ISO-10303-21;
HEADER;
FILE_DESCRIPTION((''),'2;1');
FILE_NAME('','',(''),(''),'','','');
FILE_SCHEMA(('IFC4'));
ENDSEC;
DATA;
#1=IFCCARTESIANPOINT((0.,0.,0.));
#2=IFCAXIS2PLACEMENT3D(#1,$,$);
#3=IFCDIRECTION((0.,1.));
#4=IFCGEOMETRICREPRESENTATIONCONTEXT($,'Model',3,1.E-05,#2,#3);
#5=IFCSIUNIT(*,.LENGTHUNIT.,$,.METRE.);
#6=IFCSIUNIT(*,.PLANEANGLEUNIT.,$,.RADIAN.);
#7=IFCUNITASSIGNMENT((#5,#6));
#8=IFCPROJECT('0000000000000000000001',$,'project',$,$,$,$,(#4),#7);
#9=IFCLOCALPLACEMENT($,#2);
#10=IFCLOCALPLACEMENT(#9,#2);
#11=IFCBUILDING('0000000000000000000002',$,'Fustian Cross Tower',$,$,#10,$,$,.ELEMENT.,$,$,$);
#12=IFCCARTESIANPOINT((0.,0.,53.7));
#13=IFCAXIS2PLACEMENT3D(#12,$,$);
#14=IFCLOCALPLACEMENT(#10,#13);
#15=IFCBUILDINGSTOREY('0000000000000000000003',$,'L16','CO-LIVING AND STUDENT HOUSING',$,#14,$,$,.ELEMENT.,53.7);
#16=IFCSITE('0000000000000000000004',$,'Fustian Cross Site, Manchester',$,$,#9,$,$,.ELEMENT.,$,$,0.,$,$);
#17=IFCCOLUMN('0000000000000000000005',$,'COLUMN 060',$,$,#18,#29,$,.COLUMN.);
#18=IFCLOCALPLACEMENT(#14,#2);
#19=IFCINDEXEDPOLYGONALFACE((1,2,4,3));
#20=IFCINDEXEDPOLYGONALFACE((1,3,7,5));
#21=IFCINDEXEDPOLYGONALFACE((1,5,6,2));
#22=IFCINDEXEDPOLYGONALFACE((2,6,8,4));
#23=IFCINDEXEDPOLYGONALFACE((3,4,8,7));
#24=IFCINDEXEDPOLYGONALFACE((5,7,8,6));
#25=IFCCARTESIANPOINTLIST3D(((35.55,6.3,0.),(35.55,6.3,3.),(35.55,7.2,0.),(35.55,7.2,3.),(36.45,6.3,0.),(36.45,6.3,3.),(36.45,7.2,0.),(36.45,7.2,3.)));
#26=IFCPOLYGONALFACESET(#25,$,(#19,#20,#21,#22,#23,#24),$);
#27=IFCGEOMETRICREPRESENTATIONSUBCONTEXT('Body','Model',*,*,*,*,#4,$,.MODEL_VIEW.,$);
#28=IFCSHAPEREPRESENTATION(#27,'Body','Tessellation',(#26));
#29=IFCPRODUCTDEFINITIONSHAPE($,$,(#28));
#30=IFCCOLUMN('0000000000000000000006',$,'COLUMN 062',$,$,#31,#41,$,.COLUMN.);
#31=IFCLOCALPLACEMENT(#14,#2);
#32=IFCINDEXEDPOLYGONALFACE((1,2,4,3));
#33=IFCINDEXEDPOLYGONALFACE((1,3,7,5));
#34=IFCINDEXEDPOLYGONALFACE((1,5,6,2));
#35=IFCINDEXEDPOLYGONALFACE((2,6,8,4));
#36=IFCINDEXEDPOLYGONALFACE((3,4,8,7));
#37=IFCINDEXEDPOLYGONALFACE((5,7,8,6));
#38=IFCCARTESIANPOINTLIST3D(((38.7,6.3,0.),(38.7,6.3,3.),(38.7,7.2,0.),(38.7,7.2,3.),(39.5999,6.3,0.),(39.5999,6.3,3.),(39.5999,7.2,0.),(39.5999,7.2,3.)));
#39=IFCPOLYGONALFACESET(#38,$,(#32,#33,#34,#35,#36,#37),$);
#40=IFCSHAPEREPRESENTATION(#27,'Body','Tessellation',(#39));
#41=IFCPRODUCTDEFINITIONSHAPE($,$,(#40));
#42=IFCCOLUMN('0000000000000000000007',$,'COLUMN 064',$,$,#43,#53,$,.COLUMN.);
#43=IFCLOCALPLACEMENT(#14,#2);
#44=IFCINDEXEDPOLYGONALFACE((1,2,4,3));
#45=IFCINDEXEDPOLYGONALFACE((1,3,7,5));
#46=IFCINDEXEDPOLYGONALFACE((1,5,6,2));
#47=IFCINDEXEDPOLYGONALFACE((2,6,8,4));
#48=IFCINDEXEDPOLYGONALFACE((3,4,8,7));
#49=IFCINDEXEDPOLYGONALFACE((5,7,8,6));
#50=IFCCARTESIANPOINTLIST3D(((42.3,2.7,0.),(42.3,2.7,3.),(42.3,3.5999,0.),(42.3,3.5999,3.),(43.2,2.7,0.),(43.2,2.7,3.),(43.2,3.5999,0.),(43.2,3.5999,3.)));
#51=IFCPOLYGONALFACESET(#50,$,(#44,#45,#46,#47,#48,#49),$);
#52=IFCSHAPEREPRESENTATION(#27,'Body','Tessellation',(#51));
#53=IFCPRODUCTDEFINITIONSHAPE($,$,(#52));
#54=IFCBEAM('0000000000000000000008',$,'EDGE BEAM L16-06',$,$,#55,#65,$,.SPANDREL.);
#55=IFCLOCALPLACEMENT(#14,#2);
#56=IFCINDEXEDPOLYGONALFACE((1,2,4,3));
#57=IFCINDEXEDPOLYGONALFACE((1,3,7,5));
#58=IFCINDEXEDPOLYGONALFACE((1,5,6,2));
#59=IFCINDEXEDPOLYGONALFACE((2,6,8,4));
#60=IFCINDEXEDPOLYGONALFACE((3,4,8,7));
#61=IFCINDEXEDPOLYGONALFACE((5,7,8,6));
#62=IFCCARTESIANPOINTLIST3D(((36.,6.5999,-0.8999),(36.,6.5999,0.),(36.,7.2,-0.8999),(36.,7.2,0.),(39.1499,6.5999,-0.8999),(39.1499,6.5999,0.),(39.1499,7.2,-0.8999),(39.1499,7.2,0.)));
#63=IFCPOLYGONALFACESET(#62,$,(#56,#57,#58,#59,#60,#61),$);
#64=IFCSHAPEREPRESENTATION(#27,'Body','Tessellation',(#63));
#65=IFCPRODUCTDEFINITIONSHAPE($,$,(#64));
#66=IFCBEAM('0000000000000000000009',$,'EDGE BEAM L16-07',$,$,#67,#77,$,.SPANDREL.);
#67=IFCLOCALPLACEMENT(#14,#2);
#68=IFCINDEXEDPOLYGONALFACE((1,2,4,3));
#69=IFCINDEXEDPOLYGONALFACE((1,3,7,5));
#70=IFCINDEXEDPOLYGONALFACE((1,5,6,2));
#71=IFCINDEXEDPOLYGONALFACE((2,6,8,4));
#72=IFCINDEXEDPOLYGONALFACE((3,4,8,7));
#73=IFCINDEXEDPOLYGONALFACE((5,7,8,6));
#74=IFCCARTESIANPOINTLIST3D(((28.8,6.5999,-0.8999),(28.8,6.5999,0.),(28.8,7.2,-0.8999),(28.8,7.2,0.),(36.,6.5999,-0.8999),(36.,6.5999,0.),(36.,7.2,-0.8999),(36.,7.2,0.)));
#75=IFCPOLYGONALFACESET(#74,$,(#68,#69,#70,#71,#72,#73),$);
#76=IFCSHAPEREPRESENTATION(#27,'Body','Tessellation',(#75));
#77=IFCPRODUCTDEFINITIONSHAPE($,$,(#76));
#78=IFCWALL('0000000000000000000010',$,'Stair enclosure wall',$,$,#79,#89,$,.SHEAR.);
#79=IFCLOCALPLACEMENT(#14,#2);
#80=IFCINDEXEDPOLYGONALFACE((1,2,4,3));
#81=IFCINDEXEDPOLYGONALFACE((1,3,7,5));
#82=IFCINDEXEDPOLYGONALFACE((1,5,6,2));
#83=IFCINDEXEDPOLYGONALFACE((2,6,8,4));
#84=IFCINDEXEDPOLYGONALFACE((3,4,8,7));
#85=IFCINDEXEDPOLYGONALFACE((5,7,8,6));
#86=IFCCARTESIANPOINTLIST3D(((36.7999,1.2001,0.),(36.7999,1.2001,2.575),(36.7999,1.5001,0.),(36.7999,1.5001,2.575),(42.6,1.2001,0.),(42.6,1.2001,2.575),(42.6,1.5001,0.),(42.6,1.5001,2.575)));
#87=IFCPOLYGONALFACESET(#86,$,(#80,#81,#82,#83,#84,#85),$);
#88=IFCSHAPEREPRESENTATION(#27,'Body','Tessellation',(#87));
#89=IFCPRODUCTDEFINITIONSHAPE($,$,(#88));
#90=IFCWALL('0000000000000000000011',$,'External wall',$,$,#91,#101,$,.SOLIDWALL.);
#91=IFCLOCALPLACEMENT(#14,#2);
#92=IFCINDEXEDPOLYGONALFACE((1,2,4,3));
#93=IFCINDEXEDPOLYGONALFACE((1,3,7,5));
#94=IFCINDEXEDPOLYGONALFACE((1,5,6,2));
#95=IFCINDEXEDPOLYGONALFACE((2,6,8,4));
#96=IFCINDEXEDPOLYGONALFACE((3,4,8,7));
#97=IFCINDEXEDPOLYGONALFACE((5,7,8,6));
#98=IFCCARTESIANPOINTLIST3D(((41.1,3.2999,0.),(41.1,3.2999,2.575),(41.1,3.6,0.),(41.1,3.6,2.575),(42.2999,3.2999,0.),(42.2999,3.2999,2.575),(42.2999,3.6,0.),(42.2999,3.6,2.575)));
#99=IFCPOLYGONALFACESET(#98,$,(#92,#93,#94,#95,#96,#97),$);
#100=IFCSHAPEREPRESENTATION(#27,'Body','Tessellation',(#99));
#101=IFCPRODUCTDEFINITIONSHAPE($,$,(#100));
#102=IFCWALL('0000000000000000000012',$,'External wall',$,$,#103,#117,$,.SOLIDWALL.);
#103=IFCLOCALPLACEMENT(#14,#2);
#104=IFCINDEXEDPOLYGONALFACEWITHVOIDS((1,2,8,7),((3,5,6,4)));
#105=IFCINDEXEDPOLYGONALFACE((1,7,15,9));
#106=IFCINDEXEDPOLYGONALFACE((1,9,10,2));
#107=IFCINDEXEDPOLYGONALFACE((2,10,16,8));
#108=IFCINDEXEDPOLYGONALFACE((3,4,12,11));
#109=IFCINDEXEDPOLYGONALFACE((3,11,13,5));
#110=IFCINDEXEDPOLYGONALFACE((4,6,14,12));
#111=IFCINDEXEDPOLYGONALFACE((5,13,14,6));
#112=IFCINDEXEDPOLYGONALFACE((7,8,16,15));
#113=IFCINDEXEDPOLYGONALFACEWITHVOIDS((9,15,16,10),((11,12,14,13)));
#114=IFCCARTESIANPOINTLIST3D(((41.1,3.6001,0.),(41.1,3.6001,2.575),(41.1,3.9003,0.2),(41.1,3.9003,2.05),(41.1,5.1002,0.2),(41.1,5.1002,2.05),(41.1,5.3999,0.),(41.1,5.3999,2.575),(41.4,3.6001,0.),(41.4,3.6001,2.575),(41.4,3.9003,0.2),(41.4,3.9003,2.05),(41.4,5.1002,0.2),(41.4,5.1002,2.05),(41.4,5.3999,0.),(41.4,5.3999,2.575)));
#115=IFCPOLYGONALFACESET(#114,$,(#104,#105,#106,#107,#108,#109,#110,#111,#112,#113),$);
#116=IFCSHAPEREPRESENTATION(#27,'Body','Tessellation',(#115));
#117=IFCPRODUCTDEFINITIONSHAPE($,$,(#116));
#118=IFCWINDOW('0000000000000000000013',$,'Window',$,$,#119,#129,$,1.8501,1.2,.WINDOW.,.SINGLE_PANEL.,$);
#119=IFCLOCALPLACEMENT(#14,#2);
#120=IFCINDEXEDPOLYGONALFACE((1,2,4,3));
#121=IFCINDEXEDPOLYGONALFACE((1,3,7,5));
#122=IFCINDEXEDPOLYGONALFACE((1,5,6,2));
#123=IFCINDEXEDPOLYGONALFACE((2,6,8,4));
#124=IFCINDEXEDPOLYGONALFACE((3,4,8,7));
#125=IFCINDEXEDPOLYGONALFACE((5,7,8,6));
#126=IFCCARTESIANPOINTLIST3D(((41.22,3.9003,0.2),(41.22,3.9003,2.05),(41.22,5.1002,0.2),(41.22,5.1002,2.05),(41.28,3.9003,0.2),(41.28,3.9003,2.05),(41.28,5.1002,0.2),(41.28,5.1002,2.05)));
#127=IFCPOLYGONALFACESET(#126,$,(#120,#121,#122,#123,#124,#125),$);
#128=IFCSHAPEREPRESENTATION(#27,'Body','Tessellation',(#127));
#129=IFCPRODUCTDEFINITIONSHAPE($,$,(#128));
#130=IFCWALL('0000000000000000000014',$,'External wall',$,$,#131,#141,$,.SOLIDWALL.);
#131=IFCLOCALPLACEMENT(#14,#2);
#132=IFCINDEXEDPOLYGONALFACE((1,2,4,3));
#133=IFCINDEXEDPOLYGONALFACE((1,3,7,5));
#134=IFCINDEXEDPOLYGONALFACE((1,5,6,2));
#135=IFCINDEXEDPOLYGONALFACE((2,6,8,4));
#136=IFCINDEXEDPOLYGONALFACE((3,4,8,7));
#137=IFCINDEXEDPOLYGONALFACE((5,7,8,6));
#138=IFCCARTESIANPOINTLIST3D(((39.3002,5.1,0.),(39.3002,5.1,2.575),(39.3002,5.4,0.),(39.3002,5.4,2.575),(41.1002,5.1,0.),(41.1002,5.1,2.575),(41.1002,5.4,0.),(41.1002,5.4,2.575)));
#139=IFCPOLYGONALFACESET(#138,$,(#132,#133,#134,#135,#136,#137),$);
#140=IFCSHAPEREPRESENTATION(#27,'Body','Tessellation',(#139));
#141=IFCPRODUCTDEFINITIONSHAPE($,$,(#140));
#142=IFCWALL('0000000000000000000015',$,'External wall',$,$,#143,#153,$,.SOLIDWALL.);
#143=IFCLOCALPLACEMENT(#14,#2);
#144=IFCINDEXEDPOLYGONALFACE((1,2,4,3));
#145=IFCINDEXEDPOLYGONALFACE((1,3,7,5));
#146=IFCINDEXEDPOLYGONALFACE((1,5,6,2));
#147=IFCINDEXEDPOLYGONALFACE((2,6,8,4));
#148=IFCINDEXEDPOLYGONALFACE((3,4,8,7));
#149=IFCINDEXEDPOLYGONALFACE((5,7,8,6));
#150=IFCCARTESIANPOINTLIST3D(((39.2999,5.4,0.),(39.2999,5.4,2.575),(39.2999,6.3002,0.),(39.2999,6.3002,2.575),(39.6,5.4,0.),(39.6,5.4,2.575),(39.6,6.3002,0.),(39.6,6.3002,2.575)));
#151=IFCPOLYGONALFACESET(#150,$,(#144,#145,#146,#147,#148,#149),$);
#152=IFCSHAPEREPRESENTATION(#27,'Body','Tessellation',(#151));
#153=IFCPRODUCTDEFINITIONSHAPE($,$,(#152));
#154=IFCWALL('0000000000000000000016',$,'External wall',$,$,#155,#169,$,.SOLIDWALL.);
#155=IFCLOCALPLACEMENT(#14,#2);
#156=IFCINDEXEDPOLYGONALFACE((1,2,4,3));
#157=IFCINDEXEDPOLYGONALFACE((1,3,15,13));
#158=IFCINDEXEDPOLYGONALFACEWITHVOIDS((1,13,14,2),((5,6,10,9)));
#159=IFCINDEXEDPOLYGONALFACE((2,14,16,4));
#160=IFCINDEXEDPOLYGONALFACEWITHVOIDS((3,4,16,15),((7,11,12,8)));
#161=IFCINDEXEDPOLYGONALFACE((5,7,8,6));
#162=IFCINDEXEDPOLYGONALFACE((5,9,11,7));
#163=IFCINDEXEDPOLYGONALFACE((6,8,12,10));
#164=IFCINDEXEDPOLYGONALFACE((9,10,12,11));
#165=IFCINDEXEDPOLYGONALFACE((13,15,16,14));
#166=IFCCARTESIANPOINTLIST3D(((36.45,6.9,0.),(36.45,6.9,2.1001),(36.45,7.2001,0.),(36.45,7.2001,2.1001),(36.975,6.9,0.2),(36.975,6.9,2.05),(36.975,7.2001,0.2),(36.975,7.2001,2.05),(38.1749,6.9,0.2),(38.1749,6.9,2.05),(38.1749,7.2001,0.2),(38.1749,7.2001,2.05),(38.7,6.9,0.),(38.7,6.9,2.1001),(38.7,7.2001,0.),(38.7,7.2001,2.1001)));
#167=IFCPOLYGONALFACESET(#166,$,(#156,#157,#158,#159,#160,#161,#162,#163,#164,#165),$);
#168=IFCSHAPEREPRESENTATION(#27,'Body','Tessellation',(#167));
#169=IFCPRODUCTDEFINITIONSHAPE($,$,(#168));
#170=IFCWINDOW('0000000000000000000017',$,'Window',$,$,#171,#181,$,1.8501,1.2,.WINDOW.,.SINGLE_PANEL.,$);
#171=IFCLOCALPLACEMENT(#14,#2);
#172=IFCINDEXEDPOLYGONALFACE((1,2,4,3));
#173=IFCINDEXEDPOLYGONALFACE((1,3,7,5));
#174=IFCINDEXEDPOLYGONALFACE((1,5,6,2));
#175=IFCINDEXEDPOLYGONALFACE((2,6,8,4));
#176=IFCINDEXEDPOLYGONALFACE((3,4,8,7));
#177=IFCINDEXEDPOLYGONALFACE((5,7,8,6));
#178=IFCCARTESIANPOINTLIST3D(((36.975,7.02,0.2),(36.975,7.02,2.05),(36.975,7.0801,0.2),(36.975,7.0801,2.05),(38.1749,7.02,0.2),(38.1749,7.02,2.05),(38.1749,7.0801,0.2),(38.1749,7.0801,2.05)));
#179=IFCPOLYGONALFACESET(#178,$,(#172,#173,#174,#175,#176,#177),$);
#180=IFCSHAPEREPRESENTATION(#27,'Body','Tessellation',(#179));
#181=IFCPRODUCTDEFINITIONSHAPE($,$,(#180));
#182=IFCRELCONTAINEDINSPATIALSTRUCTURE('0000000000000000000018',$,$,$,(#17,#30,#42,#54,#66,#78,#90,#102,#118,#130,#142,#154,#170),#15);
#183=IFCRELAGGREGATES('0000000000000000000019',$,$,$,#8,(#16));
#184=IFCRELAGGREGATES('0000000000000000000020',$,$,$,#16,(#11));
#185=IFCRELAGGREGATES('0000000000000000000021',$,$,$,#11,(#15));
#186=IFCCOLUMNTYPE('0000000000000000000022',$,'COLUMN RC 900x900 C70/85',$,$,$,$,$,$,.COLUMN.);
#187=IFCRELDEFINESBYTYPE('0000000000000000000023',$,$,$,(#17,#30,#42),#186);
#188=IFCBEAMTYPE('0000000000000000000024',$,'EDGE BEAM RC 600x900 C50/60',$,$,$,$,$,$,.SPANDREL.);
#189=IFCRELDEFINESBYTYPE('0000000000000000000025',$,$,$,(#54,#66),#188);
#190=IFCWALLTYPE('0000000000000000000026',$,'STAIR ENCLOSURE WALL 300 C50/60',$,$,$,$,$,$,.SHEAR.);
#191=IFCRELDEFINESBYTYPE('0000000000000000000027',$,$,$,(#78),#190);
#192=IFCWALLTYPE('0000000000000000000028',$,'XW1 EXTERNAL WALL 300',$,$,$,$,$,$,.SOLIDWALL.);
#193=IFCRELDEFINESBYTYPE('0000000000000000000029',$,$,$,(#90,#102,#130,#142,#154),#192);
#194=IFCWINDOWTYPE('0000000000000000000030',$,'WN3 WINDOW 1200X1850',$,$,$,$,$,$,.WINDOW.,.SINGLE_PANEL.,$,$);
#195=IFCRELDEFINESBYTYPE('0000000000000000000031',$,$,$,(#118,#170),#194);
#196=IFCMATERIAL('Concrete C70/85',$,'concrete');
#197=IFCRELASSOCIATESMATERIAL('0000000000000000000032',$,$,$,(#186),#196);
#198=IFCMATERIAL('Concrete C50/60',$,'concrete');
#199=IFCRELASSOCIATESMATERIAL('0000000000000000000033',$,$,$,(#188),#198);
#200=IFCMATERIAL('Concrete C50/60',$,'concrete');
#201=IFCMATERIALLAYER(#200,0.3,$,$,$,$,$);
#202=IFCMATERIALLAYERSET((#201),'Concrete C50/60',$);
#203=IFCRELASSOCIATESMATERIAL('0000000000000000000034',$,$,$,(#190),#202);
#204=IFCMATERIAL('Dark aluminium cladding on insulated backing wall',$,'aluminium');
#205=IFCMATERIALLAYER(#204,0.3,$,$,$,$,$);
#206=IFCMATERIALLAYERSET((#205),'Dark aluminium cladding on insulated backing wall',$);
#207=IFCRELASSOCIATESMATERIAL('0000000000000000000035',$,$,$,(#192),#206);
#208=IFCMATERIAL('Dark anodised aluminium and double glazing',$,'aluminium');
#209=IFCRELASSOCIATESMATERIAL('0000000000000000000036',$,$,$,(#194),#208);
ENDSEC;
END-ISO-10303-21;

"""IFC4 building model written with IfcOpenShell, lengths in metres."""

from ifc_helpers import new_model, si_unit, direction, frame, frame_2d, origin, origin_2d, place, context, subcontext, project, spatial, rectangle, extrude, material, layer, layer_set, material_profile, profile_set, type_object, element, fill, save


model = new_model("IFC4")

# Units and contexts
model_context = context("Model", 3, precision=1e-05, world=origin(), true_north=direction((0.0, 1.0)))
body_context = subcontext(model_context, "Body", "Model", "MODEL_VIEW")
ifc_project = project(units=[si_unit("LENGTHUNIT", "METRE"), si_unit("PLANEANGLEUNIT", "RADIAN")], contexts=[model_context])

# Site, building, storey
site_placement = place(None, origin())
site = spatial("IfcSite", under=ifc_project, at=site_placement, Name="Fustian Cross Site, Manchester", CompositionType="ELEMENT", RefElevation=0.0)
building_placement = place(site_placement, origin())
building = spatial("IfcBuilding", under=site, at=building_placement, Name="Fustian Cross Tower", CompositionType="ELEMENT")
storey_placement = place(building_placement, frame((0.0, 0.0, 53.7)))
storey = spatial("IfcBuildingStorey", under=building, at=storey_placement, Name="L16", Description="CO-LIVING AND STUDENT HOUSING", CompositionType="ELEMENT", Elevation=53.7)

# Columns
ifc_material_1 = material(Name="Concrete C70/85", Category="concrete")
ifc_material_profile_1 = material_profile(ifc_material_1, rectangle(XDim=0.8999, YDim=0.8999, at=origin_2d()), Name="RC 900x900")
ifc_profile_set_1 = profile_set([ifc_material_profile_1], Name="Concrete C70/85")
column_type = type_object("IfcColumnType", Name="COLUMN RC 900x900 C70/85", PredefinedType="COLUMN", material=ifc_profile_set_1)
for number, where, z_axis, x_axis, name in (
    (1, (36.0, 6.75, 0.0), (0.0, 0.0, 1.0), (1.0, 0.0, 0.0), "COLUMN 060"),
    (2, (39.1499, 6.75, 0.0), (0.0, 0.0, 1.0), (1.0, 0.0, 0.0), "COLUMN 062"),
    (3, (42.75, 3.1499, 0.0), (0.0, 0.0, 1.0), (1.0, 0.0, 0.0), "COLUMN 064"),
):
    element("IfcColumn", number, at=place(storey_placement, frame(where, z_axis=z_axis, x_axis=x_axis)), inside=storey, type_object=column_type, Name=name, PredefinedType="COLUMN", context=body_context, shape_type="SweptSolid", body=[
        extrude(rectangle(XDim=0.8999, YDim=0.8999, at=origin_2d()), origin(), (0.0, 0.0, 1.0), 3.0),
    ])

# Beams
ifc_material_2 = material(Name="Concrete C50/60", Category="concrete")
ifc_material_profile_2 = material_profile(ifc_material_2, rectangle(XDim=0.6001, YDim=0.8999, at=origin_2d()), Name="RC 600x900")
ifc_profile_set_2 = profile_set([ifc_material_profile_2], Name="Concrete C50/60")
beam_type = type_object("IfcBeamType", Name="EDGE BEAM RC 600x900 C50/60", PredefinedType="SPANDREL", material=ifc_profile_set_2)
beam_1_placement = place(storey_placement, frame((39.1499, 6.8999, -0.45), z_axis=(-1.0, 0.0, 0.0), x_axis=(0.0, -1.0, 0.0)))
element("IfcBeam", 4, at=beam_1_placement, inside=storey, type_object=beam_type, Name="EDGE BEAM L16-06", PredefinedType="SPANDREL", context=body_context, shape_type="SweptSolid", body=[
    extrude(rectangle(XDim=0.6001, YDim=0.8999, at=origin_2d()), origin(), (0.0, 0.0, 1.0), 3.1499),
])
beam_2_placement = place(storey_placement, frame((36.0, 6.8999, -0.45), z_axis=(-1.0, 0.0, 0.0), x_axis=(0.0, -1.0, 0.0)))
element("IfcBeam", 5, at=beam_2_placement, inside=storey, type_object=beam_type, Name="EDGE BEAM L16-07", PredefinedType="SPANDREL", context=body_context, shape_type="SweptSolid", body=[
    extrude(rectangle(XDim=0.6001, YDim=0.8999, at=origin_2d()), origin(), (0.0, 0.0, 1.0), 7.2),
])

# Walls
ifc_material_3 = material(Name="Concrete C50/60", Category="concrete")
ifc_layer_1 = layer(ifc_material_3, 0.3)
ifc_layer_set_1 = layer_set([ifc_layer_1], Name="Concrete C50/60")
wall_type_1 = type_object("IfcWallType", Name="STAIR ENCLOSURE WALL 300 C50/60", PredefinedType="SHEAR", material=ifc_layer_set_1)
wall_1_placement = place(storey_placement, frame((36.8, 1.3501, 0.0), z_axis=(0.0, 0.0, 1.0), x_axis=(1.0, 0.0, 0.0)))
element("IfcWall", 6, at=wall_1_placement, inside=storey, type_object=wall_type_1, Name="Stair enclosure wall", PredefinedType="SHEAR", context=body_context, shape_type="SweptSolid", body=[
    extrude(rectangle(XDim=5.8, YDim=0.3, at=frame_2d((2.8999, 0.0))), origin(), (0.0, 0.0, 1.0), 2.575),
])
ifc_material_4 = material(Name="Dark aluminium cladding on insulated backing wall", Category="aluminium")
ifc_layer_2 = layer(ifc_material_4, 0.3)
ifc_layer_set_2 = layer_set([ifc_layer_2], Name="Dark aluminium cladding on insulated backing wall")
wall_type_2 = type_object("IfcWallType", Name="XW1 EXTERNAL WALL 300", PredefinedType="SOLIDWALL", material=ifc_layer_set_2)
wall_2_placement = place(storey_placement, frame((42.3, 3.45, 0.0), z_axis=(0.0, 0.0, 1.0), x_axis=(-1.0, 0.0, 0.0)))
element("IfcWall", 7, at=wall_2_placement, inside=storey, type_object=wall_type_2, Name="External wall", PredefinedType="SOLIDWALL", context=body_context, shape_type="SweptSolid", body=[
    extrude(rectangle(XDim=1.2, YDim=0.3, at=frame_2d((0.6001, 0.0))), origin(), (0.0, 0.0, 1.0), 2.575),
])

# Wall, opening, window
wall_3_placement = place(storey_placement, frame((41.25, 3.6001, 0.0), z_axis=(0.0, 0.0, 1.0), x_axis=(0.0, 1.0, 0.0)))
wall_3 = element("IfcWall", 8, at=wall_3_placement, inside=storey, type_object=wall_type_2, Name="External wall", PredefinedType="SOLIDWALL", context=body_context, shape_type="SweptSolid", body=[
    extrude(rectangle(XDim=1.7998, YDim=0.3, at=frame_2d((0.8999, 0.0))), origin(), (0.0, 0.0, 1.0), 2.575),
])
opening_1_placement = place(wall_3_placement, frame((0.3, 0.0, 0.2)))
opening_1 = element("IfcOpeningElement", 9, at=opening_1_placement, cuts=wall_3, PredefinedType="OPENING", context=body_context, shape_type="SweptSolid", body=[
    extrude(rectangle(XDim=1.2, YDim=1.8501, at=frame_2d((0.6001, 0.925))), frame((0.0, 0.1599, 0.0), z_axis=(0.0, -1.0, 0.0), x_axis=(1.0, 0.0, 0.0)), (0.0, 0.0, 1.0), 0.3201),
])
ifc_material_5 = material(Name="Dark anodised aluminium and double glazing", Category="aluminium")
window_type_1 = type_object("IfcWindowType", Name="WN3 WINDOW 1200X1850", PartitioningType="SINGLE_PANEL", PredefinedType="WINDOW", material=ifc_material_5)
window_1_placement = place(opening_1_placement, origin())
window_1 = element("IfcWindow", 10, at=window_1_placement, inside=storey, type_object=window_type_1, Name="Window", OverallHeight=1.8501, OverallWidth=1.2, PartitioningType="SINGLE_PANEL", PredefinedType="WINDOW", context=body_context, shape_type="SweptSolid", body=[
    extrude(rectangle(XDim=1.2, YDim=1.8501, at=frame_2d((0.6001, 0.925))), frame((0.0, 0.03, 0.0), z_axis=(0.0, -1.0, 0.0), x_axis=(1.0, 0.0, 0.0)), (0.0, 0.0, 1.0), 0.0601),
])
fill(opening_1, window_1)

# Walls
wall_4_placement = place(storey_placement, frame((41.1001, 5.25, 0.0), z_axis=(0.0, 0.0, 1.0), x_axis=(-1.0, 0.0, 0.0)))
element("IfcWall", 11, at=wall_4_placement, inside=storey, type_object=wall_type_2, Name="External wall", PredefinedType="SOLIDWALL", context=body_context, shape_type="SweptSolid", body=[
    extrude(rectangle(XDim=1.8, YDim=0.3, at=frame_2d((0.8999, 0.0))), origin(), (0.0, 0.0, 1.0), 2.575),
])
wall_5_placement = place(storey_placement, frame((39.45, 5.3999, 0.0), z_axis=(0.0, 0.0, 1.0), x_axis=(0.0, 1.0, 0.0)))
element("IfcWall", 12, at=wall_5_placement, inside=storey, type_object=wall_type_2, Name="External wall", PredefinedType="SOLIDWALL", context=body_context, shape_type="SweptSolid", body=[
    extrude(rectangle(XDim=0.9001, YDim=0.3, at=frame_2d((0.4502, 0.0))), origin(), (0.0, 0.0, 1.0), 2.575),
])

# Wall, opening, window
wall_6_placement = place(storey_placement, frame((38.7, 7.05, 0.0), z_axis=(0.0, 0.0, 1.0), x_axis=(-1.0, 0.0, 0.0)))
wall_6 = element("IfcWall", 13, at=wall_6_placement, inside=storey, type_object=wall_type_2, Name="External wall", PredefinedType="SOLIDWALL", context=body_context, shape_type="SweptSolid", body=[
    extrude(rectangle(XDim=2.25, YDim=0.3, at=frame_2d((1.125, 0.0))), origin(), (0.0, 0.0, 1.0), 2.1001),
])
opening_2_placement = place(wall_6_placement, frame((0.5249, 0.0, 0.2)))
opening_2 = element("IfcOpeningElement", 14, at=opening_2_placement, cuts=wall_6, PredefinedType="OPENING", context=body_context, shape_type="SweptSolid", body=[
    extrude(rectangle(XDim=1.2, YDim=1.8501, at=frame_2d((0.6001, 0.925))), frame((0.0, 0.1599, 0.0), z_axis=(0.0, -1.0, 0.0), x_axis=(1.0, 0.0, 0.0)), (0.0, 0.0, 1.0), 0.3201),
])
window_2_placement = place(opening_2_placement, origin())
window_2 = element("IfcWindow", 15, at=window_2_placement, inside=storey, type_object=window_type_1, Name="Window", OverallHeight=1.8501, OverallWidth=1.2, PartitioningType="SINGLE_PANEL", PredefinedType="WINDOW", context=body_context, shape_type="SweptSolid", body=[
    extrude(rectangle(XDim=1.2, YDim=1.8501, at=frame_2d((0.6001, 0.925))), frame((0.0, 0.03, 0.0), z_axis=(0.0, -1.0, 0.0), x_axis=(1.0, 0.0, 0.0)), (0.0, 0.0, 1.0), 0.0601),
])
fill(opening_2, window_2)

save(model, "model.ifc")
